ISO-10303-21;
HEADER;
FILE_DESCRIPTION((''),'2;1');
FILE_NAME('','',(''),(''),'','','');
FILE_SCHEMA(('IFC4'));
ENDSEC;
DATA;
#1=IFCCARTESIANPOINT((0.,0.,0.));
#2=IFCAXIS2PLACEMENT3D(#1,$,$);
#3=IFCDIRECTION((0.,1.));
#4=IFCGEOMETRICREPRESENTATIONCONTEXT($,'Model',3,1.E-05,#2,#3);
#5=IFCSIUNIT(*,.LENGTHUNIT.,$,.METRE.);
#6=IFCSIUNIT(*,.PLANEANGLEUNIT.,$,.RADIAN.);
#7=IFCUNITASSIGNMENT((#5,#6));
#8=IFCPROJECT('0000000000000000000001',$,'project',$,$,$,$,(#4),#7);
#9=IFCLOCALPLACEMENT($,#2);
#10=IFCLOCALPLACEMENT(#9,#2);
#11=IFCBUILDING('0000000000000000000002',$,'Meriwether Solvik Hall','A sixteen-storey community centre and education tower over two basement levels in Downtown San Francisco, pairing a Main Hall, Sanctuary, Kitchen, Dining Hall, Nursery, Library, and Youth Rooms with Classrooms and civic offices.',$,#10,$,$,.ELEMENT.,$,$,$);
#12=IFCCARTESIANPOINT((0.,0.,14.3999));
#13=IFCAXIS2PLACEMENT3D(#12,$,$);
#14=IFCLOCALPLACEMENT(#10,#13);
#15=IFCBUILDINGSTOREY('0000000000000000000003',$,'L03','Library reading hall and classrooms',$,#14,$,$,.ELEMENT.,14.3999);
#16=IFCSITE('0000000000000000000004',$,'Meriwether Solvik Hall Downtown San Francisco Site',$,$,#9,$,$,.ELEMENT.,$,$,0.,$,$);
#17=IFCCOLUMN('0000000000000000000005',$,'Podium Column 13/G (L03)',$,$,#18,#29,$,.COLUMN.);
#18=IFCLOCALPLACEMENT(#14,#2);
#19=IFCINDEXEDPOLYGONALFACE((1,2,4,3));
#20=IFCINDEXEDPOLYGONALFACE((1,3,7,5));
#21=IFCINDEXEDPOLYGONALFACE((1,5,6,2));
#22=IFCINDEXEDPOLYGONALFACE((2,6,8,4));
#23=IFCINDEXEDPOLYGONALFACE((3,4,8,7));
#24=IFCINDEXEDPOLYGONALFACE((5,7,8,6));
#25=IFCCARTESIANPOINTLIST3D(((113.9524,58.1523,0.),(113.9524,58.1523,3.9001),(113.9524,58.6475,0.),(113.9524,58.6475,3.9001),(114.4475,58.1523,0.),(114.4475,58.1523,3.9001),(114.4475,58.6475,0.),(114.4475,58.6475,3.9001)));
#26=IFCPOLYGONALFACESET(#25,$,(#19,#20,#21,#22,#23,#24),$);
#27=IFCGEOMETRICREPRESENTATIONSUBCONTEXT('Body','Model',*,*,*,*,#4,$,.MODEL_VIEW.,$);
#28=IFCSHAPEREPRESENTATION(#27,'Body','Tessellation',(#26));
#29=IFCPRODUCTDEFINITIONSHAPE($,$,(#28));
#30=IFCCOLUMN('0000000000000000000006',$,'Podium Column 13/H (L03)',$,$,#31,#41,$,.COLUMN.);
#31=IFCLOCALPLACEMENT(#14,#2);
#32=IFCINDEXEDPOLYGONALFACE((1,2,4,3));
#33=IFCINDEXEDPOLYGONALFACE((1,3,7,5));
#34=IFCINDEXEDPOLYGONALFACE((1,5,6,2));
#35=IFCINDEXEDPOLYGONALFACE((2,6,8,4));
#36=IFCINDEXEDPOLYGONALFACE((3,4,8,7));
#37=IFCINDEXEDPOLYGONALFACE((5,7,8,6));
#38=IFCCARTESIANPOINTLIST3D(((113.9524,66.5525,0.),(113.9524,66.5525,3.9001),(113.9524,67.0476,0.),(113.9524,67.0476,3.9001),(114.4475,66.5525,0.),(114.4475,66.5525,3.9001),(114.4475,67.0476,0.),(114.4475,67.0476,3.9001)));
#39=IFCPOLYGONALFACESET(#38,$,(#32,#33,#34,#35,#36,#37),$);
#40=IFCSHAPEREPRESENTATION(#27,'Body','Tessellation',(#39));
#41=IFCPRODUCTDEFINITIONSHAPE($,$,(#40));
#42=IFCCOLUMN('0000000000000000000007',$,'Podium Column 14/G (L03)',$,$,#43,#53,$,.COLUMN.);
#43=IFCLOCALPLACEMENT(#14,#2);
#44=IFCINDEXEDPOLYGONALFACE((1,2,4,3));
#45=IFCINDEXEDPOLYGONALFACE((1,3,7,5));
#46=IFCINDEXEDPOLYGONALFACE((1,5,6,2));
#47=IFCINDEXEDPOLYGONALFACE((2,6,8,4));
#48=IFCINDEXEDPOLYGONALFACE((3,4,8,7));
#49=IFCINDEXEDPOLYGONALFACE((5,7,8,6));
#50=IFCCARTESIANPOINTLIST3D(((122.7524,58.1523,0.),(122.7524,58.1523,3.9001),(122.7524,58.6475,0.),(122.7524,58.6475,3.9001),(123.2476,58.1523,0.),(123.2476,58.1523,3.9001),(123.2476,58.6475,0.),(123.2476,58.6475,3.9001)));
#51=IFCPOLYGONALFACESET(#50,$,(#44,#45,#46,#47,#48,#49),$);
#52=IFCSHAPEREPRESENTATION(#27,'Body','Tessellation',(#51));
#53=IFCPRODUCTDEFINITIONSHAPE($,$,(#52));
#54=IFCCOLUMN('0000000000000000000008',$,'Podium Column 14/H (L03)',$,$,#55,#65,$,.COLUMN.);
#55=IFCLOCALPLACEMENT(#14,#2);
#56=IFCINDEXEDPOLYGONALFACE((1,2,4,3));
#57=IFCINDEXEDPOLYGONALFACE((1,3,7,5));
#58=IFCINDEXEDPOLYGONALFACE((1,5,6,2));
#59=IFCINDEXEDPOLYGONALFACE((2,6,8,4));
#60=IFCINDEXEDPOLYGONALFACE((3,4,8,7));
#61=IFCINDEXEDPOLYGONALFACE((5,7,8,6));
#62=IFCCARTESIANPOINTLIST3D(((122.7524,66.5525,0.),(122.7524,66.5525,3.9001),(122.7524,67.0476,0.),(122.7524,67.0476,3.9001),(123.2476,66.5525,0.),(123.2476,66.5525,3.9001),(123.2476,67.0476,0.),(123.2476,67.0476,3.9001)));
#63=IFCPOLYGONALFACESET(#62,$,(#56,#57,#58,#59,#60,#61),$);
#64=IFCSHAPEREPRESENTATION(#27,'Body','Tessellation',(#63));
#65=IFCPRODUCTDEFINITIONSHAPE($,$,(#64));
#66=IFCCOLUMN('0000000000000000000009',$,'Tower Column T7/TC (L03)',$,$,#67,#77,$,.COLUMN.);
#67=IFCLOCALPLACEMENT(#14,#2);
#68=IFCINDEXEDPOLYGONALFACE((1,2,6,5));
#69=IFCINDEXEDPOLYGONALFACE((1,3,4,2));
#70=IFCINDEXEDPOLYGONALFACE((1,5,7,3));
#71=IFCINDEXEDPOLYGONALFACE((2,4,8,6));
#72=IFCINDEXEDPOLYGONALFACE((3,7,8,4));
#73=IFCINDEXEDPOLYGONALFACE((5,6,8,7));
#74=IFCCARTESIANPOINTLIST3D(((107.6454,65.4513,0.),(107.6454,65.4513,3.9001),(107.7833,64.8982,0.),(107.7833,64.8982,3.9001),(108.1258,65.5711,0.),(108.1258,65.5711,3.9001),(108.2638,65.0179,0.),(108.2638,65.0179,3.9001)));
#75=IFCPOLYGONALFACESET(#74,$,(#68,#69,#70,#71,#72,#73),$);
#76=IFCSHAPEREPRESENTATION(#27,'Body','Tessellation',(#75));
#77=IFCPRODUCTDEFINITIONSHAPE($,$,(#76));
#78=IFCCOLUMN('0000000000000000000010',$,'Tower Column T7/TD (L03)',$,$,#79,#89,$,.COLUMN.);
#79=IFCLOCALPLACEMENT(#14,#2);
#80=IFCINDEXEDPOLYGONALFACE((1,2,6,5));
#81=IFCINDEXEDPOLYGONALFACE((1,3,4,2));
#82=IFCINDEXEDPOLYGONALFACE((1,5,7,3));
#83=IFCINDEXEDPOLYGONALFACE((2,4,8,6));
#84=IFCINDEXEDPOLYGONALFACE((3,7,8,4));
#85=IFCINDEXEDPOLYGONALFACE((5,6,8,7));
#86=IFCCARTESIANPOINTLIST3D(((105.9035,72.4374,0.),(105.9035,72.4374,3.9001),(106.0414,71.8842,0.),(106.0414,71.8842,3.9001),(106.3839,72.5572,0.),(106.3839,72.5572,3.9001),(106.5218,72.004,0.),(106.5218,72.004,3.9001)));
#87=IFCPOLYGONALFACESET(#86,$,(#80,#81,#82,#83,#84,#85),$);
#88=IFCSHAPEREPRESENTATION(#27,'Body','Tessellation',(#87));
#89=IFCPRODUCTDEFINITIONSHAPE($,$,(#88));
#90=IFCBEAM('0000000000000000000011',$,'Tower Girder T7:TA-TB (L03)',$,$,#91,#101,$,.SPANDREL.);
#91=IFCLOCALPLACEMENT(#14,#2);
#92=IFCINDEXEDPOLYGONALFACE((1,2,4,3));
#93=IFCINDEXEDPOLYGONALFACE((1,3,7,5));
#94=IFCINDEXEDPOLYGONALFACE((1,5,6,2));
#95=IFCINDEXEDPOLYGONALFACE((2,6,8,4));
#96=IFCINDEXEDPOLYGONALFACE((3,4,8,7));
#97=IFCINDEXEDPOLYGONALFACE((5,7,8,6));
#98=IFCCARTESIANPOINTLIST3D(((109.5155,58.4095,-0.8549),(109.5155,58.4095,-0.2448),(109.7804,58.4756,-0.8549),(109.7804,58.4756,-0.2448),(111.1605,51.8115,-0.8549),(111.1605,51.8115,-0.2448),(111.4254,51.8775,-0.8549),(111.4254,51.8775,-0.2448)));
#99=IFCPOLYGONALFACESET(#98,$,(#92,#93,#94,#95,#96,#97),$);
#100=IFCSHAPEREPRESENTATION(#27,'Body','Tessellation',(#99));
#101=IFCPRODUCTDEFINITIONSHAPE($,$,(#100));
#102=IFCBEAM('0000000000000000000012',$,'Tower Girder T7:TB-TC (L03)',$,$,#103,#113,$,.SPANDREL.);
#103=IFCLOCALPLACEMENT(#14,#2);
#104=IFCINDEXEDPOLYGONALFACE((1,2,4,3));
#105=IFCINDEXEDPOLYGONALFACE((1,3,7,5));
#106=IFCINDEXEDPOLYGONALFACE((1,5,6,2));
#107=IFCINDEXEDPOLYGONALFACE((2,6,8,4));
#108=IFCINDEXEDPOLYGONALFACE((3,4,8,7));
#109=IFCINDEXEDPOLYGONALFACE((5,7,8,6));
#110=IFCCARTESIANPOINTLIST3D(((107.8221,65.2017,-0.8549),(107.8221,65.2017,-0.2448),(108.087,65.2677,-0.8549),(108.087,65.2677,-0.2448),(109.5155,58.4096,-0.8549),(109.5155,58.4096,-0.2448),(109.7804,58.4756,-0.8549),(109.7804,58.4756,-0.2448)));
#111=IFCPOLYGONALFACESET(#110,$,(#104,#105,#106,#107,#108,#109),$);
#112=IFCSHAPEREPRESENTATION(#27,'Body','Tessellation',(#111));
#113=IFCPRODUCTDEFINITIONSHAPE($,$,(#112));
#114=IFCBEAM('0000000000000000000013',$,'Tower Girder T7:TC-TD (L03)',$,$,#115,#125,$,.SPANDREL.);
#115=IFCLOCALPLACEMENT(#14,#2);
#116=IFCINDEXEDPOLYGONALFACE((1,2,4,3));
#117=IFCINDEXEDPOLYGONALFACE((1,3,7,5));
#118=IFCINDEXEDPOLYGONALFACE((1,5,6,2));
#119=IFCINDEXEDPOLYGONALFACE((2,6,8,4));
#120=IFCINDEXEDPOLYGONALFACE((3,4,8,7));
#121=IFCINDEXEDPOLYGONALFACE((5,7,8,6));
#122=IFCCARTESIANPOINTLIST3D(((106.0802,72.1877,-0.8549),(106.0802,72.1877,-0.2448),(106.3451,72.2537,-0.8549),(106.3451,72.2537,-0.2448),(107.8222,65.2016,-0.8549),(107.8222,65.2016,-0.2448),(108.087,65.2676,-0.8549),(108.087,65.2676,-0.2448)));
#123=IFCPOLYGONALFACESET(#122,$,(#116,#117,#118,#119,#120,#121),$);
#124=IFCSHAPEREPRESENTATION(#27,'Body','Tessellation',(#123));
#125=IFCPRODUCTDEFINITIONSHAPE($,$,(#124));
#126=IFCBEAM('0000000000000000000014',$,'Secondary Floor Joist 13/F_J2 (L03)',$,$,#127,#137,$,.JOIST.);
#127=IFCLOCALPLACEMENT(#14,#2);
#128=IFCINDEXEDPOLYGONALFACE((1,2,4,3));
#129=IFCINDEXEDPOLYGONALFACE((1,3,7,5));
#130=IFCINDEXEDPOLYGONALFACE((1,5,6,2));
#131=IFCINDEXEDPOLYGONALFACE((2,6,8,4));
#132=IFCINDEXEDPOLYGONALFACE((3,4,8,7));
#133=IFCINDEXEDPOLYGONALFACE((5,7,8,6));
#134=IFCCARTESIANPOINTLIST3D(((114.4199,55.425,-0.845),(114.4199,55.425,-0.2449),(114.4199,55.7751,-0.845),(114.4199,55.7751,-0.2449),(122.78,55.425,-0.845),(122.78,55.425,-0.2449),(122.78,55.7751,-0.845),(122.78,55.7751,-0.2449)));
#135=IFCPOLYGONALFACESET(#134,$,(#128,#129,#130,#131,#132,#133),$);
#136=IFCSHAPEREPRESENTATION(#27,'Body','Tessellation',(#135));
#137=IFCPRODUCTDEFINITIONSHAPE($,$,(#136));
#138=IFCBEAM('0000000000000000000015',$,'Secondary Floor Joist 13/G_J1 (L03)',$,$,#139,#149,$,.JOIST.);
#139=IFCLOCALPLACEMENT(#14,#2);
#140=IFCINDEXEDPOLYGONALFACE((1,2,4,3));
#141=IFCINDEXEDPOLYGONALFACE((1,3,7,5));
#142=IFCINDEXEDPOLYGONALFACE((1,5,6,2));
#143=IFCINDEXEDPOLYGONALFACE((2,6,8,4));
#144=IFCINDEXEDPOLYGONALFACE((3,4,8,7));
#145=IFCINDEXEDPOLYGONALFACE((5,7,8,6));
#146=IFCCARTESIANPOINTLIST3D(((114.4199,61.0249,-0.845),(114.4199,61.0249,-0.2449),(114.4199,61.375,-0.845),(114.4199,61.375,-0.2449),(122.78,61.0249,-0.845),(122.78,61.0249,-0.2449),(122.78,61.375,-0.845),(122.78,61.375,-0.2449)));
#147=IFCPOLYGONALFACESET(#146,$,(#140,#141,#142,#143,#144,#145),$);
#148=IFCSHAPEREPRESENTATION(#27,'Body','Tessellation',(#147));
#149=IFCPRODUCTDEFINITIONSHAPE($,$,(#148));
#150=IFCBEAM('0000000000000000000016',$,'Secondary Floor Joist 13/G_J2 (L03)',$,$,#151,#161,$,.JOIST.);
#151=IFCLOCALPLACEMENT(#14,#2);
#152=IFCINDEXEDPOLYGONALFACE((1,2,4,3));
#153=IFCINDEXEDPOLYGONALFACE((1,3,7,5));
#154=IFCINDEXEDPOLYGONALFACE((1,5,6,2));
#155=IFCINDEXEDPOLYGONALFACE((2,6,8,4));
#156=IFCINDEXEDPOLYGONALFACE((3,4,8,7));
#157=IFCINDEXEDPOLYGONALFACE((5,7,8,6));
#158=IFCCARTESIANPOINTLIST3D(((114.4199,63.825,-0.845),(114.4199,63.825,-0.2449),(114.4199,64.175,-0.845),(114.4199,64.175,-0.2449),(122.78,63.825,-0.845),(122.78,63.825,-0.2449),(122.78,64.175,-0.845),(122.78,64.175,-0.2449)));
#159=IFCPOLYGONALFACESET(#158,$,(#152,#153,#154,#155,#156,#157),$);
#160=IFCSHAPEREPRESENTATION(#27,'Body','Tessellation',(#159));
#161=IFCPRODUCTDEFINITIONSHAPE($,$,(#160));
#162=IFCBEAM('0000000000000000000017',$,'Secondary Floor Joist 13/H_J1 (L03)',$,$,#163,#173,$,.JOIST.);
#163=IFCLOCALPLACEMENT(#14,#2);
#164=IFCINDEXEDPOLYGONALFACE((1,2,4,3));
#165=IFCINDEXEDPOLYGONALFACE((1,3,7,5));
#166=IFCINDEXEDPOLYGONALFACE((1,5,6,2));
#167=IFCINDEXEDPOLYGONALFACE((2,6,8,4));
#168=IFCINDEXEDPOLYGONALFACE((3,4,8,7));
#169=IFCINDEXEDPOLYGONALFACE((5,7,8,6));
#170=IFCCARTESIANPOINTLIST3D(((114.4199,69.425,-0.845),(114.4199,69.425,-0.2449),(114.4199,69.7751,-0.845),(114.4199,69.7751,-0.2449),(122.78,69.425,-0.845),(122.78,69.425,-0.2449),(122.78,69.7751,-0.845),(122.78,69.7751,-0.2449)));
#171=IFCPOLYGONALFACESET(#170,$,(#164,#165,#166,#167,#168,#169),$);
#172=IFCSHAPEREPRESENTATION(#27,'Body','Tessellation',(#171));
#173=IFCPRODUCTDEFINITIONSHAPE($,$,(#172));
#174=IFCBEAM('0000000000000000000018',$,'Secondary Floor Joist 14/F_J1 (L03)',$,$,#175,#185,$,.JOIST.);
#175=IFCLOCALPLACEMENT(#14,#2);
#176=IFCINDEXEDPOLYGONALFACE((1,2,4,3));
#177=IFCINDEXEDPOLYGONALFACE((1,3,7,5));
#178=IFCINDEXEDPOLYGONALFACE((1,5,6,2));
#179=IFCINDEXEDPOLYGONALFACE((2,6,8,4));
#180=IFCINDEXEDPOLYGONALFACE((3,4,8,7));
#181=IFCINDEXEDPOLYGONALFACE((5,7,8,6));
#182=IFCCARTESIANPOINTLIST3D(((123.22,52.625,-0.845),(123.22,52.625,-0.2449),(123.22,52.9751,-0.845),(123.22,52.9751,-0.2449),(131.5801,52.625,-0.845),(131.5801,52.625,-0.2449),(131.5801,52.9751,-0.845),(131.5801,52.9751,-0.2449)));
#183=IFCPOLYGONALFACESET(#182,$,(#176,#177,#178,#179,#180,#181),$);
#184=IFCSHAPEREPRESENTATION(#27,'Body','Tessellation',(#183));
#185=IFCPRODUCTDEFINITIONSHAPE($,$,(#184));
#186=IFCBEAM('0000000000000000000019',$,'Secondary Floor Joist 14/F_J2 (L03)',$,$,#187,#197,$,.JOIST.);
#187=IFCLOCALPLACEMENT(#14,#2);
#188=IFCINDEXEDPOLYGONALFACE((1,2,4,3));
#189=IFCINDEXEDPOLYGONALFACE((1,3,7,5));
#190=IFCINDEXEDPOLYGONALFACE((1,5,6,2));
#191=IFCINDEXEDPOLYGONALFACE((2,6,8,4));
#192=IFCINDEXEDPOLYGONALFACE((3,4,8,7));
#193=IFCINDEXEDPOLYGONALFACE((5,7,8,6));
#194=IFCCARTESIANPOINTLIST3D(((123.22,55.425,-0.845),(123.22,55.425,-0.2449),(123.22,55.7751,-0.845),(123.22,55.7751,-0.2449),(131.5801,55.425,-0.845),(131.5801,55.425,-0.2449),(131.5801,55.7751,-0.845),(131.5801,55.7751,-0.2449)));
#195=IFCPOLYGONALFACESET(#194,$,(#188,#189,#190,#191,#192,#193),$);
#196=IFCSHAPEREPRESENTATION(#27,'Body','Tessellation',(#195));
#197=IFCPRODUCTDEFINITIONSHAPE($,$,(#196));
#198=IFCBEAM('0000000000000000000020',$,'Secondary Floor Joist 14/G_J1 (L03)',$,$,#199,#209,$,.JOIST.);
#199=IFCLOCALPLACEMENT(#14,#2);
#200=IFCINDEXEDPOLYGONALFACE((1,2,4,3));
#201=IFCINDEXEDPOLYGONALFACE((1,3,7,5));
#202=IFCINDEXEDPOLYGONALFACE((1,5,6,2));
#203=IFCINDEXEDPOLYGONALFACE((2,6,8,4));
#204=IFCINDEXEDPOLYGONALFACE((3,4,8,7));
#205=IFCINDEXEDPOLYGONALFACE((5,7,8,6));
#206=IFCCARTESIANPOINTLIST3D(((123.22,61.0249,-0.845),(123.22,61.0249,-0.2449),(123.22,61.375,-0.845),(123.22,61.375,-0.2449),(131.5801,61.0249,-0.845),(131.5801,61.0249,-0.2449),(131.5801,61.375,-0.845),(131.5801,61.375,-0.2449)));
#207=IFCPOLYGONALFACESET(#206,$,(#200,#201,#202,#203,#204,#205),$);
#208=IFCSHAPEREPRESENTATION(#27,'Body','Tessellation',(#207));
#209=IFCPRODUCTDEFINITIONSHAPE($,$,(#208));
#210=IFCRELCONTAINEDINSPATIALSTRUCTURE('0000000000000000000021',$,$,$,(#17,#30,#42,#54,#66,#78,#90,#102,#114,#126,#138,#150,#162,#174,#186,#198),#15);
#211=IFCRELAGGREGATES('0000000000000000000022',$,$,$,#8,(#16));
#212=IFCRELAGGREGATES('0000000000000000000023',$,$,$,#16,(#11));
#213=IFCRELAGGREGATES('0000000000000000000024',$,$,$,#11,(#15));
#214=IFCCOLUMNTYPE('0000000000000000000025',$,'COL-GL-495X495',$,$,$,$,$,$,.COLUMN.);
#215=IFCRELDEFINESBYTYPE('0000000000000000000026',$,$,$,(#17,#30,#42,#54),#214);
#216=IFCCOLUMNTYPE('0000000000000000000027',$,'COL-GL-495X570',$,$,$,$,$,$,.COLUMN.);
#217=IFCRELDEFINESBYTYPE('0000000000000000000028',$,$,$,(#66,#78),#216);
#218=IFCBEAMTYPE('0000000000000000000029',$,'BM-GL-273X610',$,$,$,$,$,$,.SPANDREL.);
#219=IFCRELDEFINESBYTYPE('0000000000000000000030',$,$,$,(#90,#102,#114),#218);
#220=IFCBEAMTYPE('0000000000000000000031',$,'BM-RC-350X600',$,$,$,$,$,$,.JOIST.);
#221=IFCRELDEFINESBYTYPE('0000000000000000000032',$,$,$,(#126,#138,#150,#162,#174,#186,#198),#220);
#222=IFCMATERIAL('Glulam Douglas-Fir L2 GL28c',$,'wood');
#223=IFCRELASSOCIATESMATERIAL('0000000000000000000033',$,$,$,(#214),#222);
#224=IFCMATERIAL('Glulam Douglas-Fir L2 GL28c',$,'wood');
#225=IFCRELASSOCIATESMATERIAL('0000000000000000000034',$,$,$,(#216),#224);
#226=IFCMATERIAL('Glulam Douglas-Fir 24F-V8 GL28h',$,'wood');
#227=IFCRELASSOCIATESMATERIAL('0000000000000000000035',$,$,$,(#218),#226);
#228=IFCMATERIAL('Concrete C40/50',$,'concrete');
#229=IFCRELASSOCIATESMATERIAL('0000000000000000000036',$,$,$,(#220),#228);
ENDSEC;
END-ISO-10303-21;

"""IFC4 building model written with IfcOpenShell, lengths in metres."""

from ifc_helpers import new_model, si_unit, direction, frame, origin, origin_2d, place, context, subcontext, project, spatial, rectangle, extrude, material, material_profile, profile_set, type_object, element, save


model = new_model("IFC4")

# Units and contexts
model_context = context("Model", 3, precision=1e-05, world=origin(), true_north=direction((0.0, 1.0)))
body_context = subcontext(model_context, "Body", "Model", "MODEL_VIEW")
ifc_project = project(units=[si_unit("LENGTHUNIT", "METRE"), si_unit("PLANEANGLEUNIT", "RADIAN")], contexts=[model_context])

# Site, building, storey
site_placement = place(None, origin())
site = spatial("IfcSite", under=ifc_project, at=site_placement, Name="Meriwether Solvik Hall Downtown San Francisco Site", CompositionType="ELEMENT", RefElevation=0.0)
building_placement = place(site_placement, origin())
building = spatial("IfcBuilding", under=site, at=building_placement, Name="Meriwether Solvik Hall", Description="A sixteen-storey community centre and education tower over two basement levels in Downtown San Francisco, pairing a Main Hall, Sanctuary, Kitchen, Dining Hall, Nursery, Library, and Youth Rooms with Classrooms and civic offices.", CompositionType="ELEMENT")
storey_placement = place(building_placement, frame((0.0, 0.0, 14.3999)))
storey = spatial("IfcBuildingStorey", under=building, at=storey_placement, Name="L03", Description="Library reading hall and classrooms", CompositionType="ELEMENT", Elevation=14.3999)

# Columns
ifc_material_1 = material(Name="Glulam Douglas-Fir L2 GL28c", Category="wood")
ifc_material_profile_1 = material_profile(ifc_material_1, rectangle(XDim=0.4951, YDim=0.4951, at=origin_2d()), Name="GLC-495X495")
ifc_profile_set_1 = profile_set([ifc_material_profile_1], Name="Glulam Douglas-Fir L2 GL28c")
column_type_1 = type_object("IfcColumnType", Name="COL-GL-495X495", PredefinedType="COLUMN", material=ifc_profile_set_1)
for number, where, z_axis, x_axis, name in (
    (1, (114.2, 58.3999, 0.0), (0.0, 0.0, 1.0), (1.0, 0.0, 0.0), "Podium Column 13/G (L03)"),
    (2, (114.2, 66.8, 0.0), (0.0, 0.0, 1.0), (1.0, 0.0, 0.0), "Podium Column 13/H (L03)"),
    (3, (123.0, 58.3999, 0.0), (0.0, 0.0, 1.0), (1.0, 0.0, 0.0), "Podium Column 14/G (L03)"),
    (4, (123.0, 66.8, 0.0), (0.0, 0.0, 1.0), (1.0, 0.0, 0.0), "Podium Column 14/H (L03)"),
):
    element("IfcColumn", number, at=place(storey_placement, frame(where, z_axis=z_axis, x_axis=x_axis)), inside=storey, type_object=column_type_1, Name=name, PredefinedType="COLUMN", context=body_context, shape_type="SweptSolid", body=[
        extrude(rectangle(XDim=0.4951, YDim=0.4951, at=origin_2d()), origin(), (0.0, 0.0, 1.0), 3.9001),
    ])
ifc_material_2 = material(Name="Glulam Douglas-Fir L2 GL28c", Category="wood")
ifc_material_profile_2 = material_profile(ifc_material_2, rectangle(XDim=0.4951, YDim=0.5701, at=origin_2d()), Name="GLC-495X570")
ifc_profile_set_2 = profile_set([ifc_material_profile_2], Name="Glulam Douglas-Fir L2 GL28c")
column_type_2 = type_object("IfcColumnType", Name="COL-GL-495X570", PredefinedType="COLUMN", material=ifc_profile_set_2)
for number, where, z_axis, x_axis, name in (
    (5, (107.9546, 65.2346, 0.0), (0.0, 0.0, 1.0), (0.970296, 0.241922, 0.0), "Tower Column T7/TC (L03)"),
    (6, (106.2126, 72.2207, 0.0), (0.0, 0.0, 1.0), (0.970296, 0.241922, 0.0), "Tower Column T7/TD (L03)"),
):
    element("IfcColumn", number, at=place(storey_placement, frame(where, z_axis=z_axis, x_axis=x_axis)), inside=storey, type_object=column_type_2, Name=name, PredefinedType="COLUMN", context=body_context, shape_type="SweptSolid", body=[
        extrude(rectangle(XDim=0.4951, YDim=0.5701, at=origin_2d()), origin(), (0.0, 0.0, 1.0), 3.9001),
    ])

# Beams
ifc_material_3 = material(Name="Glulam Douglas-Fir 24F-V8 GL28h", Category="wood")
ifc_material_profile_3 = material_profile(ifc_material_3, rectangle(XDim=0.2729, YDim=0.6101, at=origin_2d()), Name="GLB-273X610")
ifc_profile_set_3 = profile_set([ifc_material_profile_3], Name="Glulam Douglas-Fir 24F-V8 GL28h")
beam_type_1 = type_object("IfcBeamType", Name="BM-GL-273X610", PredefinedType="SPANDREL", material=ifc_profile_set_3)
beam_1_placement = place(storey_placement, frame((111.293, 51.8445, -0.5498), z_axis=(-0.24191, 0.970299, 0.0), x_axis=(-0.970299, -0.24191, 0.0)))
element("IfcBeam", 7, at=beam_1_placement, inside=storey, type_object=beam_type_1, Name="Tower Girder T7:TA-TB (L03)", PredefinedType="SPANDREL", context=body_context, shape_type="SweptSolid", body=[
    extrude(rectangle(XDim=0.2729, YDim=0.6101, at=origin_2d()), origin(), (0.0, 0.0, 1.0), 6.8),
])
beam_2_placement = place(storey_placement, frame((109.6479, 58.4426, -0.5498), z_axis=(-0.241912, 0.970298, 0.0), x_axis=(-0.970298, -0.241912, 0.0)))
element("IfcBeam", 8, at=beam_2_placement, inside=storey, type_object=beam_type_1, Name="Tower Girder T7:TB-TC (L03)", PredefinedType="SPANDREL", context=body_context, shape_type="SweptSolid", body=[
    extrude(rectangle(XDim=0.2729, YDim=0.6101, at=origin_2d()), origin(), (0.0, 0.0, 1.0), 7.0),
])
beam_3_placement = place(storey_placement, frame((107.9546, 65.2346, -0.5498), z_axis=(-0.241937, 0.970292, 0.0), x_axis=(-0.970292, -0.241937, 0.0)))
element("IfcBeam", 9, at=beam_3_placement, inside=storey, type_object=beam_type_1, Name="Tower Girder T7:TC-TD (L03)", PredefinedType="SPANDREL", context=body_context, shape_type="SweptSolid", body=[
    extrude(rectangle(XDim=0.2729, YDim=0.6101, at=origin_2d()), origin(), (0.0, 0.0, 1.0), 7.2),
])
ifc_material_4 = material(Name="Concrete C40/50", Category="concrete")
ifc_material_profile_4 = material_profile(ifc_material_4, rectangle(XDim=0.3501, YDim=0.6001, at=origin_2d()), Name="RCB-350X600")
ifc_profile_set_4 = profile_set([ifc_material_profile_4], Name="Concrete C40/50")
beam_type_2 = type_object("IfcBeamType", Name="BM-RC-350X600", PredefinedType="JOIST", material=ifc_profile_set_4)
for number, where, z_axis, x_axis, name in (
    (10, (114.4199, 55.6001, -0.5449), (1.0, 0.0, 0.0), (0.0, 1.0, 0.0), "Secondary Floor Joist 13/F_J2 (L03)"),
    (11, (114.4199, 61.2, -0.5449), (1.0, 0.0, 0.0), (0.0, 1.0, 0.0), "Secondary Floor Joist 13/G_J1 (L03)"),
    (12, (114.4199, 64.0, -0.5449), (1.0, 0.0, 0.0), (0.0, 1.0, 0.0), "Secondary Floor Joist 13/G_J2 (L03)"),
    (13, (114.4199, 69.6001, -0.5449), (1.0, 0.0, 0.0), (0.0, 1.0, 0.0), "Secondary Floor Joist 13/H_J1 (L03)"),
    (14, (123.22, 52.8, -0.5449), (1.0, 0.0, 0.0), (0.0, 1.0, 0.0), "Secondary Floor Joist 14/F_J1 (L03)"),
    (15, (123.22, 55.6001, -0.5449), (1.0, 0.0, 0.0), (0.0, 1.0, 0.0), "Secondary Floor Joist 14/F_J2 (L03)"),
    (16, (123.22, 61.2, -0.5449), (1.0, 0.0, 0.0), (0.0, 1.0, 0.0), "Secondary Floor Joist 14/G_J1 (L03)"),
):
    element("IfcBeam", number, at=place(storey_placement, frame(where, z_axis=z_axis, x_axis=x_axis)), inside=storey, type_object=beam_type_2, Name=name, PredefinedType="JOIST", context=body_context, shape_type="SweptSolid", body=[
        extrude(rectangle(XDim=0.3501, YDim=0.6001, at=origin_2d()), origin(), (0.0, 0.0, 1.0), 8.3601),
    ])

save(model, "model.ifc")
